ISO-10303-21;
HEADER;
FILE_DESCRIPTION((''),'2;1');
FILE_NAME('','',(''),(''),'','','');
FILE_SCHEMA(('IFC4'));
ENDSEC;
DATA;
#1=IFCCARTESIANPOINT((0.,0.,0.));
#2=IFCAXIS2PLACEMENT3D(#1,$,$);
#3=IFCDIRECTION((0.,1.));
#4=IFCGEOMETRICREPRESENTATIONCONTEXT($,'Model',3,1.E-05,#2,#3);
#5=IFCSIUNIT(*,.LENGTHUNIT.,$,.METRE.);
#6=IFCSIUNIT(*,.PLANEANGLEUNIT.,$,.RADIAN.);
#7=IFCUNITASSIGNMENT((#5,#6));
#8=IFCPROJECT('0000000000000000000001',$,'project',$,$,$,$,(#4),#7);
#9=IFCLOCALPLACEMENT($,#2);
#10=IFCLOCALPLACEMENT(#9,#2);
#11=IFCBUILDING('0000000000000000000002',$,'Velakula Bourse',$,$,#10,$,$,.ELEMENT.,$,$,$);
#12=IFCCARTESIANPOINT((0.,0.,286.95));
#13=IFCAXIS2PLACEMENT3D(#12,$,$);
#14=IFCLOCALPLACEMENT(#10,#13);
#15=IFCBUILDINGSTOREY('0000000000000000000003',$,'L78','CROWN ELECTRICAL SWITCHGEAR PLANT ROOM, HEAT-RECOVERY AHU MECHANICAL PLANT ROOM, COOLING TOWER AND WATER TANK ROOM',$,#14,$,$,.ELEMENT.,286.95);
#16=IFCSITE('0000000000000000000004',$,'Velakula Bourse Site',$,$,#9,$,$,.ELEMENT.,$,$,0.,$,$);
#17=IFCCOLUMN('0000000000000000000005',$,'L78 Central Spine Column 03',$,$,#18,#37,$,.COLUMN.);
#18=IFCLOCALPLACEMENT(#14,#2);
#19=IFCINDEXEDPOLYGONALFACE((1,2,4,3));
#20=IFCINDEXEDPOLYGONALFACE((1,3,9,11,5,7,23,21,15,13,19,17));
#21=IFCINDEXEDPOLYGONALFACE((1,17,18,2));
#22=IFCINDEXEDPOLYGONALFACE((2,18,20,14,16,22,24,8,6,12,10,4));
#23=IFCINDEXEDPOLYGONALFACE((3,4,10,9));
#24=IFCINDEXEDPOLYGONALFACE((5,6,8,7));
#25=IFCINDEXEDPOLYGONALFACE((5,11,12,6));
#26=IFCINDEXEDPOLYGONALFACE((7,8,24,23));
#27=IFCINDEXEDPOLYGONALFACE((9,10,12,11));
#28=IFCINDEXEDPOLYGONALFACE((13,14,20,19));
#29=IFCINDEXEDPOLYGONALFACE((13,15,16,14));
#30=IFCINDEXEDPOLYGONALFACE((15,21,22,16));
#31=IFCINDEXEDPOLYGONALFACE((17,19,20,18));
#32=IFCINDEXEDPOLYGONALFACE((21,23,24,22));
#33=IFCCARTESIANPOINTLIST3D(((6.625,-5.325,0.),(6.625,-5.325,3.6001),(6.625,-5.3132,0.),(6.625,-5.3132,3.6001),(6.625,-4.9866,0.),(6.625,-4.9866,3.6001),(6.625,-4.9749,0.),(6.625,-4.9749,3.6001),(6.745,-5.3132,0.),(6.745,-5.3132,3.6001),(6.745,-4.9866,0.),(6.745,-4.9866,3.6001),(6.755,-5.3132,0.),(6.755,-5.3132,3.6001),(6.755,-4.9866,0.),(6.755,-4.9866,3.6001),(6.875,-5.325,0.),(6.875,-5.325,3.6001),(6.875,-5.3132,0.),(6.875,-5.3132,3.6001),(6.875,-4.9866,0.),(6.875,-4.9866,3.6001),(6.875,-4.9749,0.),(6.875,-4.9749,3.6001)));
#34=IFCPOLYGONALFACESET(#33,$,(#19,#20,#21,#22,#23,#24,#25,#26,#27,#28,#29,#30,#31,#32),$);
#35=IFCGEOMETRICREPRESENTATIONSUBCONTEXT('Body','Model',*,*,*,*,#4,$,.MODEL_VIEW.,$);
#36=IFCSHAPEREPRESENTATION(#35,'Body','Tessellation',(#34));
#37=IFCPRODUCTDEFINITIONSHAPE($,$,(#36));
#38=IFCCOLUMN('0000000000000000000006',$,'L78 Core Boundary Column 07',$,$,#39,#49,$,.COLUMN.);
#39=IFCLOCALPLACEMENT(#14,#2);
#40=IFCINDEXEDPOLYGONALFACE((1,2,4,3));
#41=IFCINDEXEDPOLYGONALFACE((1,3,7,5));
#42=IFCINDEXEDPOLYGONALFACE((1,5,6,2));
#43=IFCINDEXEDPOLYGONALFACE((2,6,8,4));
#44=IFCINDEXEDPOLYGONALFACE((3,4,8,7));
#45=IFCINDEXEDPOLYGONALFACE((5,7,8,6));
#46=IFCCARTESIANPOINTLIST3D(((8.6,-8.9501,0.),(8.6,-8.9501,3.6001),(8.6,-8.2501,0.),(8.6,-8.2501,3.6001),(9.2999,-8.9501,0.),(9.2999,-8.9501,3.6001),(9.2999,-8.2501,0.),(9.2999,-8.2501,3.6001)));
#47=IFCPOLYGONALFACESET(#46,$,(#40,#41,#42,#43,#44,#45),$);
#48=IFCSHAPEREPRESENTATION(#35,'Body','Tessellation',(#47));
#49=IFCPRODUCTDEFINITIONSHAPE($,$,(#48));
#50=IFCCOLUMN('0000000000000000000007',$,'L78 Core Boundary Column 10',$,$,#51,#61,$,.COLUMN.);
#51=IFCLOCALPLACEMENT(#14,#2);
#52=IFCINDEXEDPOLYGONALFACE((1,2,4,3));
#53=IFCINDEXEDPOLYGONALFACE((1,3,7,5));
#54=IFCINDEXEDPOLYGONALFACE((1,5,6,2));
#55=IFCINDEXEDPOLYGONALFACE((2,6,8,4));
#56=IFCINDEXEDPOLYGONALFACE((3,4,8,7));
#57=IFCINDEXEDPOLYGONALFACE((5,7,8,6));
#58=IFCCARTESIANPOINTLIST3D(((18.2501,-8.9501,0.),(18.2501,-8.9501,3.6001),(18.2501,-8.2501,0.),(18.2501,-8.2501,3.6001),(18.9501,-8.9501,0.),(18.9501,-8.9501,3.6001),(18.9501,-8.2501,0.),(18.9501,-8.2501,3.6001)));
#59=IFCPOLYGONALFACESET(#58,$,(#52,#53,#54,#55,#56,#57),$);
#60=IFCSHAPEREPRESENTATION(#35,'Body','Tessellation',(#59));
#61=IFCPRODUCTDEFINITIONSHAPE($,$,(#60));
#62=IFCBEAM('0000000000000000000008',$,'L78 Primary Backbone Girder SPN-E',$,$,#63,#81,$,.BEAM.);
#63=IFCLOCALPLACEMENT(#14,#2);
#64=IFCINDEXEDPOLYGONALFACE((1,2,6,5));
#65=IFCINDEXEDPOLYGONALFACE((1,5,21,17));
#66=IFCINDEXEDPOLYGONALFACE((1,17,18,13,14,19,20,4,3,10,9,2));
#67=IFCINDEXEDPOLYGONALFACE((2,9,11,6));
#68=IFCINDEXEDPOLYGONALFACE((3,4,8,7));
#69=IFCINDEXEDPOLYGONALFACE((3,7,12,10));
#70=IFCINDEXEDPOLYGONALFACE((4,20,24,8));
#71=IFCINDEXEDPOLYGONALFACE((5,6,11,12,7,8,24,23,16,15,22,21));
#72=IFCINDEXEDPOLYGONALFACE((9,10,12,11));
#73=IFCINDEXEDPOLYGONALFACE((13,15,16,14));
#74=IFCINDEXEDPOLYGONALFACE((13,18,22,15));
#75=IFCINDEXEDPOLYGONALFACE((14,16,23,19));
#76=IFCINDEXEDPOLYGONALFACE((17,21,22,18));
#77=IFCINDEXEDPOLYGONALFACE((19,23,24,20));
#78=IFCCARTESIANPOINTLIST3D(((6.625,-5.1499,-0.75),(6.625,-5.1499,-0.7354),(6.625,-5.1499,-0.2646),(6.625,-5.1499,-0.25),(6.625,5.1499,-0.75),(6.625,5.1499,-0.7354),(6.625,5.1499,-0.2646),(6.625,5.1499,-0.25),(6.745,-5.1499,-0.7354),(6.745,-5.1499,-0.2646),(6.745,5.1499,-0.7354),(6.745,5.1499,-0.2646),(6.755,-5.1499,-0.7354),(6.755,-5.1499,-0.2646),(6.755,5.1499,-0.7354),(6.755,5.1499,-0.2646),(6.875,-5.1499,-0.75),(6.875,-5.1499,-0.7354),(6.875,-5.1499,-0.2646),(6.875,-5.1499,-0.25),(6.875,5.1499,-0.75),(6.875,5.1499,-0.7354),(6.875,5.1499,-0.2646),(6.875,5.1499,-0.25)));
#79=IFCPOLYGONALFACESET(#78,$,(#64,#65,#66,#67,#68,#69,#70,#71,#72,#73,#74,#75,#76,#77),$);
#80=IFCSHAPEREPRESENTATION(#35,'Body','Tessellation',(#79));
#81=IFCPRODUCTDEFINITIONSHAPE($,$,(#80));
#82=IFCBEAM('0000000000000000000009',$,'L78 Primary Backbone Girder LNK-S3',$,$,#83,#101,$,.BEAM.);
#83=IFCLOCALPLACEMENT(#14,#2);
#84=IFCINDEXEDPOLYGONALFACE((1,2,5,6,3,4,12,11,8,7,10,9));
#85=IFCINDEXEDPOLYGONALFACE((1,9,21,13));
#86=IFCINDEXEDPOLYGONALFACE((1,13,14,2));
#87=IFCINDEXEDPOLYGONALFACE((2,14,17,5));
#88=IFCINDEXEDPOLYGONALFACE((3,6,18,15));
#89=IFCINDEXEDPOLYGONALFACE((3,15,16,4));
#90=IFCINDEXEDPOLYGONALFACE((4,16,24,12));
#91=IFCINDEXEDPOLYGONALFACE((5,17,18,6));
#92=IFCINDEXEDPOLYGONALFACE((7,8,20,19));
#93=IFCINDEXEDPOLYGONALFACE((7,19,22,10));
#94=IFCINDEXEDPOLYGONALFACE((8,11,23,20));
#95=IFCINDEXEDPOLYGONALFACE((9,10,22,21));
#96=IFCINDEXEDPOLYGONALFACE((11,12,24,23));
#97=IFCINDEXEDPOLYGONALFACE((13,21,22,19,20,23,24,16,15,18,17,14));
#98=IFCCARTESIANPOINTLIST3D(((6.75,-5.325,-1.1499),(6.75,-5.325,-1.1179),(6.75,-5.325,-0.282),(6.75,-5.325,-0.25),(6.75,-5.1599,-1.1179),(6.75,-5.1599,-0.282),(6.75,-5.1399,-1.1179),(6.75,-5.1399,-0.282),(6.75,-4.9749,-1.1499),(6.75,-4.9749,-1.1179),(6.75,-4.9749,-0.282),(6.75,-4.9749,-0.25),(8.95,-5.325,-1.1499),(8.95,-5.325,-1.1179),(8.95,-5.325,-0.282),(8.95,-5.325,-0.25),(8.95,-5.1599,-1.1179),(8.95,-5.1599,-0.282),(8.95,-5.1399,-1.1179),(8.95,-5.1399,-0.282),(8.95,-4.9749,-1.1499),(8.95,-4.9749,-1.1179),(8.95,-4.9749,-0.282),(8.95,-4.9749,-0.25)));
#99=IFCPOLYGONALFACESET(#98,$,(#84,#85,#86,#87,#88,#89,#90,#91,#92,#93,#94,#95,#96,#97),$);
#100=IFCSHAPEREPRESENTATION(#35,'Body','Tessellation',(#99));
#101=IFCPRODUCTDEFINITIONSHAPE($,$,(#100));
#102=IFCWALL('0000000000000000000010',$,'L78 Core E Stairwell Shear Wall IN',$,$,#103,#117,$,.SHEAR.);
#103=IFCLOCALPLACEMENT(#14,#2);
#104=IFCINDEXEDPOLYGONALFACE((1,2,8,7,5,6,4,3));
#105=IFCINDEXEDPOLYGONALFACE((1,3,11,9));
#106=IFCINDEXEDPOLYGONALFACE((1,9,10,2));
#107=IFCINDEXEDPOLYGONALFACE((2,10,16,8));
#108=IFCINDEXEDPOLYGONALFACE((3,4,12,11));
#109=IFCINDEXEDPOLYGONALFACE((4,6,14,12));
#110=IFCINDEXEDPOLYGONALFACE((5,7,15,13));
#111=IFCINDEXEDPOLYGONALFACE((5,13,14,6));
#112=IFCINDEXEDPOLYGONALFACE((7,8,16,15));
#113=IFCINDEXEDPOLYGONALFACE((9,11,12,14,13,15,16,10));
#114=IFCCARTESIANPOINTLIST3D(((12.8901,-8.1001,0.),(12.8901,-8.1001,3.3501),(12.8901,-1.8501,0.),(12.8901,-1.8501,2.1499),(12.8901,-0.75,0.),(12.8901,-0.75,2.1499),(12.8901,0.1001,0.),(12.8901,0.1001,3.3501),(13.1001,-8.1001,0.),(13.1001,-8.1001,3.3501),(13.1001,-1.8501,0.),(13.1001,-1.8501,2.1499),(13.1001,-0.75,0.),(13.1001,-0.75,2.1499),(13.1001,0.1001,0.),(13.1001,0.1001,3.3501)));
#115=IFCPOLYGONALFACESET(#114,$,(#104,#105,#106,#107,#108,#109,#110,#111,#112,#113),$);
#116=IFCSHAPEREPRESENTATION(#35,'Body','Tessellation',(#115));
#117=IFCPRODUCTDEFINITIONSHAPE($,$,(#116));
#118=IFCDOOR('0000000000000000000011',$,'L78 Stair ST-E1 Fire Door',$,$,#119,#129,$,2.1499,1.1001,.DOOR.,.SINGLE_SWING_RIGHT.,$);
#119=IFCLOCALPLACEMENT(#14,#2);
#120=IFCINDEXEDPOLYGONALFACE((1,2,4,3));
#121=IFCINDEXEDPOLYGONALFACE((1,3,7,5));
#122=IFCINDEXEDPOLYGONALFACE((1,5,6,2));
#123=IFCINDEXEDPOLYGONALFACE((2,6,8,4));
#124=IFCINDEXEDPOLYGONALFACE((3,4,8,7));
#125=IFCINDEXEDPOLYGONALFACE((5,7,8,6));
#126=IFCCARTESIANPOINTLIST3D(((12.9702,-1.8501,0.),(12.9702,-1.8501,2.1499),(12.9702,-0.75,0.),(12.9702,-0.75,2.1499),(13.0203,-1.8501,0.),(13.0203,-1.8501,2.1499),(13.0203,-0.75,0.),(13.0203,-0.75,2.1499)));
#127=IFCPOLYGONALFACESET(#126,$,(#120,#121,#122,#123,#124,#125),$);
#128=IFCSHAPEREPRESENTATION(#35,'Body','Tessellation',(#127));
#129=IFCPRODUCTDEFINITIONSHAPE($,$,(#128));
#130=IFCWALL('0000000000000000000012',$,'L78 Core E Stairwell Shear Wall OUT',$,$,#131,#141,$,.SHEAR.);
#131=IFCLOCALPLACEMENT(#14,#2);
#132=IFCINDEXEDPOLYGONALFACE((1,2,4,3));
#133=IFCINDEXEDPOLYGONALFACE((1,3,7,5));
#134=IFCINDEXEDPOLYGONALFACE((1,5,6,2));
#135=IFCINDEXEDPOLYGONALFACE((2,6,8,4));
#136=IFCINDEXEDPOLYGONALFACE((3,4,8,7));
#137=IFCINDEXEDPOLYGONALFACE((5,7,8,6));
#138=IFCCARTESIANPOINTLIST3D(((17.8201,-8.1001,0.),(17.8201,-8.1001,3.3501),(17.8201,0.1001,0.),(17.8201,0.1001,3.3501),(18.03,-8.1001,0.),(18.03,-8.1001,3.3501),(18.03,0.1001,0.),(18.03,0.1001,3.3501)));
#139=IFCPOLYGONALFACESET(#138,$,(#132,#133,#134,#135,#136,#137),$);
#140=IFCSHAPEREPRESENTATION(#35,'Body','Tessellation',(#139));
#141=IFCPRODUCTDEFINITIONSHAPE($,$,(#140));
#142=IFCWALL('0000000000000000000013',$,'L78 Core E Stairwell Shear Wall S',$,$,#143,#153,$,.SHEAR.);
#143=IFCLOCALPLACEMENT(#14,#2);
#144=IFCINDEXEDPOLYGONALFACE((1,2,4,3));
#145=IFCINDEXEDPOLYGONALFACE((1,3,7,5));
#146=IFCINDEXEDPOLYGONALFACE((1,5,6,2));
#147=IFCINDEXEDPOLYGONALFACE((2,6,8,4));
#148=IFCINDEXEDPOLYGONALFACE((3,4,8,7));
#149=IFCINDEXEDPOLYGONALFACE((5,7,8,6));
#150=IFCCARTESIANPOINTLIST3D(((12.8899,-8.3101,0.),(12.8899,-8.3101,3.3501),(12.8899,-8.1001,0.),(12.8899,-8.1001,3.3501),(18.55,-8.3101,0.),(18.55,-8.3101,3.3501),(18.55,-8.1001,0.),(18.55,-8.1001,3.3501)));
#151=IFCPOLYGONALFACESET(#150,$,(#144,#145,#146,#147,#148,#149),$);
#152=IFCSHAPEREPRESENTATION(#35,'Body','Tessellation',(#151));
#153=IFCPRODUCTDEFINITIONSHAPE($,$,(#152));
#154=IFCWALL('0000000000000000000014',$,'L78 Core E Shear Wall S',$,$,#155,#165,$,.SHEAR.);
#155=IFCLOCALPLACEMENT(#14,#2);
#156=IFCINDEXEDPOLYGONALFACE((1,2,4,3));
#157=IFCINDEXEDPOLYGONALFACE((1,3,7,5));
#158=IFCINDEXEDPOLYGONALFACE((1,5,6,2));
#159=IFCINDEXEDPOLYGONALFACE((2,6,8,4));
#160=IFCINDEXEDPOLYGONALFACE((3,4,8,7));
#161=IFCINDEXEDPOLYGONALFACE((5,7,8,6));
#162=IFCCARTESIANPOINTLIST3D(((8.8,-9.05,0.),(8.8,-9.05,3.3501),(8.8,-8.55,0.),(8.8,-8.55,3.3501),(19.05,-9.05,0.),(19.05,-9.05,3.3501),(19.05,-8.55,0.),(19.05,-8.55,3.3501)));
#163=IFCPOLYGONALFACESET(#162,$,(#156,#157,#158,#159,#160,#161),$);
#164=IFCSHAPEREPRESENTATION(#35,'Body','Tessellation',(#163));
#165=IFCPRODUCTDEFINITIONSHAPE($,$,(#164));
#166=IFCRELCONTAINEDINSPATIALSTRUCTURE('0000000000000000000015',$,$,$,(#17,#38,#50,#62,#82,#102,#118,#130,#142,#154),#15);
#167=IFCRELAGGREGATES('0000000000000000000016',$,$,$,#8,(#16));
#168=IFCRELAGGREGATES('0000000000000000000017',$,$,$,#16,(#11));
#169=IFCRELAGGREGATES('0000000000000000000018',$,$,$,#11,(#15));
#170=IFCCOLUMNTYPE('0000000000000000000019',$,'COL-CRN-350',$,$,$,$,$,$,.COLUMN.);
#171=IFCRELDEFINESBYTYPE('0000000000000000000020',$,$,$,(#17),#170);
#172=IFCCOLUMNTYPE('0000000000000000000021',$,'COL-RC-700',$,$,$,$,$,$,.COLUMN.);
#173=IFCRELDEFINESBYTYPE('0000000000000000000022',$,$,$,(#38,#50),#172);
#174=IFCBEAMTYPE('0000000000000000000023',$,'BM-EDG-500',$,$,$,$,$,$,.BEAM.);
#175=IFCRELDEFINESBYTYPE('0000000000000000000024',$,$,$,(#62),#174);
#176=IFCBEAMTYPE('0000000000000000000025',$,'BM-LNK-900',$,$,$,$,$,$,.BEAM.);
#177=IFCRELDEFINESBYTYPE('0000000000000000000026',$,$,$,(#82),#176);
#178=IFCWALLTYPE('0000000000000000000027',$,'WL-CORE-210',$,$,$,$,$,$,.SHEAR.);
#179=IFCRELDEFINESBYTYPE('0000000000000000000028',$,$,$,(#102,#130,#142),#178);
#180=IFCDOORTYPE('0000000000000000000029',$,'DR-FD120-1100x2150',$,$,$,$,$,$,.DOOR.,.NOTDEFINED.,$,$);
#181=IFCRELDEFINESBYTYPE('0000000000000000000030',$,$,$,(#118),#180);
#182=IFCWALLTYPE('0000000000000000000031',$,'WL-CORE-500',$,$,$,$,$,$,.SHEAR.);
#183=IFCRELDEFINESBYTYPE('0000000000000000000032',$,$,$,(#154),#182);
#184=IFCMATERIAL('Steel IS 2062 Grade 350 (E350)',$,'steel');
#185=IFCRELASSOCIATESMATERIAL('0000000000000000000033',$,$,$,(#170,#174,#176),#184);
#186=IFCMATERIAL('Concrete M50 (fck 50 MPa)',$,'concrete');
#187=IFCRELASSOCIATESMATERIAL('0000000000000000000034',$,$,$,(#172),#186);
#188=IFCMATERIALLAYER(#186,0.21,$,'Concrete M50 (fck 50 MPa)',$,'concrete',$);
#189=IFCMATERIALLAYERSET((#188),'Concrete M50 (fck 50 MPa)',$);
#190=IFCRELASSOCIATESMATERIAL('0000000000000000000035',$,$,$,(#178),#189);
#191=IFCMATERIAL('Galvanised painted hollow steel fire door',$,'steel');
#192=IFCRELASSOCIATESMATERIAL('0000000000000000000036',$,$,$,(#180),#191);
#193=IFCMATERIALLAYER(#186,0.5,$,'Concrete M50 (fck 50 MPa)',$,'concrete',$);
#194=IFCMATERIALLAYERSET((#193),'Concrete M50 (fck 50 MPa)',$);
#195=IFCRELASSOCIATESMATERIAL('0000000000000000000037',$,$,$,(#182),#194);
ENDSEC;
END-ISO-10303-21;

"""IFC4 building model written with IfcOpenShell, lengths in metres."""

from ifc_helpers import new_model, si_unit, direction, frame, frame_2d, origin, origin_2d, place, context, subcontext, project, spatial, rectangle, i_section, extrude, material, layer, layer_set, material_profile, profile_set, type_object, element, fill, save


model = new_model("IFC4")

# Units and contexts
model_context = context("Model", 3, precision=1e-05, world=origin(), true_north=direction((0.0, 1.0)))
body_context = subcontext(model_context, "Body", "Model", "MODEL_VIEW")
ifc_project = project(units=[si_unit("LENGTHUNIT", "METRE"), si_unit("PLANEANGLEUNIT", "RADIAN")], contexts=[model_context])

# Site, building, storey
site_placement = place(None, origin())
site = spatial("IfcSite", under=ifc_project, at=site_placement, Name="Velakula Bourse Site", CompositionType="ELEMENT", RefElevation=0.0)
building_placement = place(site_placement, origin())
building = spatial("IfcBuilding", under=site, at=building_placement, Name="Velakula Bourse", CompositionType="ELEMENT")
storey_placement = place(building_placement, frame((0.0, 0.0, 286.95)))
storey = spatial("IfcBuildingStorey", under=building, at=storey_placement, Name="L78", Description="CROWN ELECTRICAL SWITCHGEAR PLANT ROOM, HEAT-RECOVERY AHU MECHANICAL PLANT ROOM, COOLING TOWER AND WATER TANK ROOM", CompositionType="ELEMENT", Elevation=286.95)

# Columns
ifc_material_1 = material(Name="Steel IS 2062 Grade 350 (E350)", Category="steel")
ifc_material_profile_1 = material_profile(ifc_material_1, i_section(OverallWidth=0.25, OverallDepth=0.3501, WebThickness=0.01, FlangeThickness=0.0117, at=origin_2d()), Name="Steel IS 2062 Grade 350 (E350)")
ifc_profile_set_1 = profile_set([ifc_material_profile_1], Name="Steel IS 2062 Grade 350 (E350)")
column_type_1 = type_object("IfcColumnType", Name="COL-CRN-350", PredefinedType="COLUMN", material=ifc_profile_set_1)
column_placement = place(storey_placement, frame((6.75, -5.1499, 0.0), z_axis=(0.0, 0.0, 1.0), x_axis=(1.0, 0.0, 0.0)))
element("IfcColumn", 1, at=column_placement, inside=storey, type_object=column_type_1, Name="L78 Central Spine Column 03", PredefinedType="COLUMN", context=body_context, shape_type="SweptSolid", body=[
    extrude(i_section(OverallWidth=0.25, OverallDepth=0.3501, WebThickness=0.01, FlangeThickness=0.0117, at=origin_2d()), origin(), (0.0, 0.0, 1.0), 3.6001),
])
ifc_material_2 = material(Name="Concrete M50 (fck 50 MPa)", Category="concrete")
ifc_material_profile_2 = material_profile(ifc_material_2, rectangle(XDim=0.7, YDim=0.7, at=origin_2d()), Name="Concrete M50 (fck 50 MPa)")
ifc_profile_set_2 = profile_set([ifc_material_profile_2], Name="Concrete M50 (fck 50 MPa)")
column_type_2 = type_object("IfcColumnType", Name="COL-RC-700", PredefinedType="COLUMN", material=ifc_profile_set_2)
for number, where, z_axis, x_axis, name in (
    (2, (8.95, -8.6001, 0.0), (0.0, 0.0, 1.0), (1.0, 0.0, 0.0), "L78 Core Boundary Column 07"),
    (3, (18.6001, -8.6001, 0.0), (0.0, 0.0, 1.0), (1.0, 0.0, 0.0), "L78 Core Boundary Column 10"),
):
    element("IfcColumn", number, at=place(storey_placement, frame(where, z_axis=z_axis, x_axis=x_axis)), inside=storey, type_object=column_type_2, Name=name, PredefinedType="COLUMN", context=body_context, shape_type="SweptSolid", body=[
        extrude(rectangle(XDim=0.7, YDim=0.7, at=origin_2d()), origin(), (0.0, 0.0, 1.0), 3.6001),
    ])

# Beams
ifc_material_profile_3 = material_profile(ifc_material_1, i_section(OverallWidth=0.25, OverallDepth=0.5, WebThickness=0.01, FlangeThickness=0.0146, at=origin_2d()), Name="Steel IS 2062 Grade 350 (E350)")
ifc_profile_set_3 = profile_set([ifc_material_profile_3], Name="Steel IS 2062 Grade 350 (E350)")
beam_type_1 = type_object("IfcBeamType", Name="BM-EDG-500", PredefinedType="BEAM", material=ifc_profile_set_3)
beam_1_placement = place(storey_placement, frame((6.75, -5.1499, -0.5), z_axis=(0.0, 1.0, 0.0), x_axis=(-1.0, 0.0, 0.0)))
element("IfcBeam", 4, at=beam_1_placement, inside=storey, type_object=beam_type_1, Name="L78 Primary Backbone Girder SPN-E", PredefinedType="BEAM", context=body_context, shape_type="SweptSolid", body=[
    extrude(i_section(OverallWidth=0.25, OverallDepth=0.5, WebThickness=0.01, FlangeThickness=0.0146, at=origin_2d()), origin(), (0.0, 0.0, 1.0), 10.2998),
])
ifc_material_profile_4 = material_profile(ifc_material_1, i_section(OverallWidth=0.3501, OverallDepth=0.8999, WebThickness=0.02, FlangeThickness=0.032, at=origin_2d()), Name="Steel IS 2062 Grade 350 (E350)")
ifc_profile_set_4 = profile_set([ifc_material_profile_4], Name="Steel IS 2062 Grade 350 (E350)")
beam_type_2 = type_object("IfcBeamType", Name="BM-LNK-900", PredefinedType="BEAM", material=ifc_profile_set_4)
beam_2_placement = place(storey_placement, frame((6.75, -5.1499, -0.7), z_axis=(1.0, 0.0, 0.0), x_axis=(0.0, 1.0, 0.0)))
element("IfcBeam", 5, at=beam_2_placement, inside=storey, type_object=beam_type_2, Name="L78 Primary Backbone Girder LNK-S3", PredefinedType="BEAM", context=body_context, shape_type="SweptSolid", body=[
    extrude(i_section(OverallWidth=0.3501, OverallDepth=0.8999, WebThickness=0.02, FlangeThickness=0.032, at=origin_2d()), origin(), (0.0, 0.0, 1.0), 2.2),
])

# Wall, opening, door
ifc_layer_1 = layer(ifc_material_2, 0.21, Name="Concrete M50 (fck 50 MPa)", Category="concrete")
ifc_layer_set_1 = layer_set([ifc_layer_1], Name="Concrete M50 (fck 50 MPa)")
wall_type_1 = type_object("IfcWallType", Name="WL-CORE-210", PredefinedType="SHEAR", material=ifc_layer_set_1)
wall_1_placement = place(storey_placement, frame((12.9951, -8.1001, 0.0), z_axis=(0.0, 0.0, 1.0), x_axis=(0.0, 1.0, 0.0)))
wall_1 = element("IfcWall", 6, at=wall_1_placement, inside=storey, type_object=wall_type_1, Name="L78 Core E Stairwell Shear Wall IN", PredefinedType="SHEAR", context=body_context, shape_type="SweptSolid", body=[
    extrude(rectangle(XDim=8.2002, YDim=0.21, at=frame_2d((4.1001, 0.0))), origin(), (0.0, 0.0, 1.0), 3.3501),
])
opening_1_placement = place(wall_1_placement, frame((6.25, 0.0, 0.0)))
opening_1 = element("IfcOpeningElement", 7, at=opening_1_placement, cuts=wall_1, PredefinedType="OPENING", context=body_context, shape_type="SweptSolid", body=[
    extrude(rectangle(XDim=1.1001, YDim=2.1499, at=frame_2d((0.55, 1.075))), frame((0.0, 0.115, 0.0), z_axis=(0.0, -1.0, 0.0), x_axis=(1.0, 0.0, 0.0)), (0.0, 0.0, 1.0), 0.23),
])
ifc_material_3 = material(Name="Galvanised painted hollow steel fire door", Category="steel")
door_type_1 = type_object("IfcDoorType", Name="DR-FD120-1100x2150", OperationType="NOTDEFINED", PredefinedType="DOOR", material=ifc_material_3)
door_1_placement = place(opening_1_placement, origin())
door_1 = element("IfcDoor", 8, at=door_1_placement, inside=storey, type_object=door_type_1, Name="L78 Stair ST-E1 Fire Door", OperationType="SINGLE_SWING_RIGHT", OverallHeight=2.1499, OverallWidth=1.1001, PredefinedType="DOOR", context=body_context, shape_type="SweptSolid", body=[
    extrude(rectangle(XDim=1.1001, YDim=2.1499, at=frame_2d((0.55, 1.075))), frame((0.0, 0.0249, 0.0), z_axis=(0.0, -1.0, 0.0), x_axis=(1.0, 0.0, 0.0)), (0.0, 0.0, 1.0), 0.05),
])
fill(opening_1, door_1)

# Walls
wall_2_placement = place(storey_placement, frame((17.925, -8.1001, 0.0), z_axis=(0.0, 0.0, 1.0), x_axis=(0.0, 1.0, 0.0)))
element("IfcWall", 9, at=wall_2_placement, inside=storey, type_object=wall_type_1, Name="L78 Core E Stairwell Shear Wall OUT", PredefinedType="SHEAR", context=body_context, shape_type="SweptSolid", body=[
    extrude(rectangle(XDim=8.2002, YDim=0.21, at=frame_2d((4.1001, 0.0))), origin(), (0.0, 0.0, 1.0), 3.3501),
])
wall_3_placement = place(storey_placement, frame((12.8899, -8.2051, 0.0), z_axis=(0.0, 0.0, 1.0), x_axis=(1.0, 0.0, 0.0)))
element("IfcWall", 10, at=wall_3_placement, inside=storey, type_object=wall_type_1, Name="L78 Core E Stairwell Shear Wall S", PredefinedType="SHEAR", context=body_context, shape_type="SweptSolid", body=[
    extrude(rectangle(XDim=5.6602, YDim=0.21, at=frame_2d((2.8301, 0.0))), origin(), (0.0, 0.0, 1.0), 3.3501),
])
ifc_layer_2 = layer(ifc_material_2, 0.5, Name="Concrete M50 (fck 50 MPa)", Category="concrete")
ifc_layer_set_2 = layer_set([ifc_layer_2], Name="Concrete M50 (fck 50 MPa)")
wall_type_2 = type_object("IfcWallType", Name="WL-CORE-500", PredefinedType="SHEAR", material=ifc_layer_set_2)
wall_4_placement = place(storey_placement, frame((8.8, -8.8, 0.0), z_axis=(0.0, 0.0, 1.0), x_axis=(1.0, 0.0, 0.0)))
element("IfcWall", 11, at=wall_4_placement, inside=storey, type_object=wall_type_2, Name="L78 Core E Shear Wall S", PredefinedType="SHEAR", context=body_context, shape_type="SweptSolid", body=[
    extrude(rectangle(XDim=10.25, YDim=0.5, at=frame_2d((5.125, 0.0))), origin(), (0.0, 0.0, 1.0), 3.3501),
])

save(model, "model.ifc")
